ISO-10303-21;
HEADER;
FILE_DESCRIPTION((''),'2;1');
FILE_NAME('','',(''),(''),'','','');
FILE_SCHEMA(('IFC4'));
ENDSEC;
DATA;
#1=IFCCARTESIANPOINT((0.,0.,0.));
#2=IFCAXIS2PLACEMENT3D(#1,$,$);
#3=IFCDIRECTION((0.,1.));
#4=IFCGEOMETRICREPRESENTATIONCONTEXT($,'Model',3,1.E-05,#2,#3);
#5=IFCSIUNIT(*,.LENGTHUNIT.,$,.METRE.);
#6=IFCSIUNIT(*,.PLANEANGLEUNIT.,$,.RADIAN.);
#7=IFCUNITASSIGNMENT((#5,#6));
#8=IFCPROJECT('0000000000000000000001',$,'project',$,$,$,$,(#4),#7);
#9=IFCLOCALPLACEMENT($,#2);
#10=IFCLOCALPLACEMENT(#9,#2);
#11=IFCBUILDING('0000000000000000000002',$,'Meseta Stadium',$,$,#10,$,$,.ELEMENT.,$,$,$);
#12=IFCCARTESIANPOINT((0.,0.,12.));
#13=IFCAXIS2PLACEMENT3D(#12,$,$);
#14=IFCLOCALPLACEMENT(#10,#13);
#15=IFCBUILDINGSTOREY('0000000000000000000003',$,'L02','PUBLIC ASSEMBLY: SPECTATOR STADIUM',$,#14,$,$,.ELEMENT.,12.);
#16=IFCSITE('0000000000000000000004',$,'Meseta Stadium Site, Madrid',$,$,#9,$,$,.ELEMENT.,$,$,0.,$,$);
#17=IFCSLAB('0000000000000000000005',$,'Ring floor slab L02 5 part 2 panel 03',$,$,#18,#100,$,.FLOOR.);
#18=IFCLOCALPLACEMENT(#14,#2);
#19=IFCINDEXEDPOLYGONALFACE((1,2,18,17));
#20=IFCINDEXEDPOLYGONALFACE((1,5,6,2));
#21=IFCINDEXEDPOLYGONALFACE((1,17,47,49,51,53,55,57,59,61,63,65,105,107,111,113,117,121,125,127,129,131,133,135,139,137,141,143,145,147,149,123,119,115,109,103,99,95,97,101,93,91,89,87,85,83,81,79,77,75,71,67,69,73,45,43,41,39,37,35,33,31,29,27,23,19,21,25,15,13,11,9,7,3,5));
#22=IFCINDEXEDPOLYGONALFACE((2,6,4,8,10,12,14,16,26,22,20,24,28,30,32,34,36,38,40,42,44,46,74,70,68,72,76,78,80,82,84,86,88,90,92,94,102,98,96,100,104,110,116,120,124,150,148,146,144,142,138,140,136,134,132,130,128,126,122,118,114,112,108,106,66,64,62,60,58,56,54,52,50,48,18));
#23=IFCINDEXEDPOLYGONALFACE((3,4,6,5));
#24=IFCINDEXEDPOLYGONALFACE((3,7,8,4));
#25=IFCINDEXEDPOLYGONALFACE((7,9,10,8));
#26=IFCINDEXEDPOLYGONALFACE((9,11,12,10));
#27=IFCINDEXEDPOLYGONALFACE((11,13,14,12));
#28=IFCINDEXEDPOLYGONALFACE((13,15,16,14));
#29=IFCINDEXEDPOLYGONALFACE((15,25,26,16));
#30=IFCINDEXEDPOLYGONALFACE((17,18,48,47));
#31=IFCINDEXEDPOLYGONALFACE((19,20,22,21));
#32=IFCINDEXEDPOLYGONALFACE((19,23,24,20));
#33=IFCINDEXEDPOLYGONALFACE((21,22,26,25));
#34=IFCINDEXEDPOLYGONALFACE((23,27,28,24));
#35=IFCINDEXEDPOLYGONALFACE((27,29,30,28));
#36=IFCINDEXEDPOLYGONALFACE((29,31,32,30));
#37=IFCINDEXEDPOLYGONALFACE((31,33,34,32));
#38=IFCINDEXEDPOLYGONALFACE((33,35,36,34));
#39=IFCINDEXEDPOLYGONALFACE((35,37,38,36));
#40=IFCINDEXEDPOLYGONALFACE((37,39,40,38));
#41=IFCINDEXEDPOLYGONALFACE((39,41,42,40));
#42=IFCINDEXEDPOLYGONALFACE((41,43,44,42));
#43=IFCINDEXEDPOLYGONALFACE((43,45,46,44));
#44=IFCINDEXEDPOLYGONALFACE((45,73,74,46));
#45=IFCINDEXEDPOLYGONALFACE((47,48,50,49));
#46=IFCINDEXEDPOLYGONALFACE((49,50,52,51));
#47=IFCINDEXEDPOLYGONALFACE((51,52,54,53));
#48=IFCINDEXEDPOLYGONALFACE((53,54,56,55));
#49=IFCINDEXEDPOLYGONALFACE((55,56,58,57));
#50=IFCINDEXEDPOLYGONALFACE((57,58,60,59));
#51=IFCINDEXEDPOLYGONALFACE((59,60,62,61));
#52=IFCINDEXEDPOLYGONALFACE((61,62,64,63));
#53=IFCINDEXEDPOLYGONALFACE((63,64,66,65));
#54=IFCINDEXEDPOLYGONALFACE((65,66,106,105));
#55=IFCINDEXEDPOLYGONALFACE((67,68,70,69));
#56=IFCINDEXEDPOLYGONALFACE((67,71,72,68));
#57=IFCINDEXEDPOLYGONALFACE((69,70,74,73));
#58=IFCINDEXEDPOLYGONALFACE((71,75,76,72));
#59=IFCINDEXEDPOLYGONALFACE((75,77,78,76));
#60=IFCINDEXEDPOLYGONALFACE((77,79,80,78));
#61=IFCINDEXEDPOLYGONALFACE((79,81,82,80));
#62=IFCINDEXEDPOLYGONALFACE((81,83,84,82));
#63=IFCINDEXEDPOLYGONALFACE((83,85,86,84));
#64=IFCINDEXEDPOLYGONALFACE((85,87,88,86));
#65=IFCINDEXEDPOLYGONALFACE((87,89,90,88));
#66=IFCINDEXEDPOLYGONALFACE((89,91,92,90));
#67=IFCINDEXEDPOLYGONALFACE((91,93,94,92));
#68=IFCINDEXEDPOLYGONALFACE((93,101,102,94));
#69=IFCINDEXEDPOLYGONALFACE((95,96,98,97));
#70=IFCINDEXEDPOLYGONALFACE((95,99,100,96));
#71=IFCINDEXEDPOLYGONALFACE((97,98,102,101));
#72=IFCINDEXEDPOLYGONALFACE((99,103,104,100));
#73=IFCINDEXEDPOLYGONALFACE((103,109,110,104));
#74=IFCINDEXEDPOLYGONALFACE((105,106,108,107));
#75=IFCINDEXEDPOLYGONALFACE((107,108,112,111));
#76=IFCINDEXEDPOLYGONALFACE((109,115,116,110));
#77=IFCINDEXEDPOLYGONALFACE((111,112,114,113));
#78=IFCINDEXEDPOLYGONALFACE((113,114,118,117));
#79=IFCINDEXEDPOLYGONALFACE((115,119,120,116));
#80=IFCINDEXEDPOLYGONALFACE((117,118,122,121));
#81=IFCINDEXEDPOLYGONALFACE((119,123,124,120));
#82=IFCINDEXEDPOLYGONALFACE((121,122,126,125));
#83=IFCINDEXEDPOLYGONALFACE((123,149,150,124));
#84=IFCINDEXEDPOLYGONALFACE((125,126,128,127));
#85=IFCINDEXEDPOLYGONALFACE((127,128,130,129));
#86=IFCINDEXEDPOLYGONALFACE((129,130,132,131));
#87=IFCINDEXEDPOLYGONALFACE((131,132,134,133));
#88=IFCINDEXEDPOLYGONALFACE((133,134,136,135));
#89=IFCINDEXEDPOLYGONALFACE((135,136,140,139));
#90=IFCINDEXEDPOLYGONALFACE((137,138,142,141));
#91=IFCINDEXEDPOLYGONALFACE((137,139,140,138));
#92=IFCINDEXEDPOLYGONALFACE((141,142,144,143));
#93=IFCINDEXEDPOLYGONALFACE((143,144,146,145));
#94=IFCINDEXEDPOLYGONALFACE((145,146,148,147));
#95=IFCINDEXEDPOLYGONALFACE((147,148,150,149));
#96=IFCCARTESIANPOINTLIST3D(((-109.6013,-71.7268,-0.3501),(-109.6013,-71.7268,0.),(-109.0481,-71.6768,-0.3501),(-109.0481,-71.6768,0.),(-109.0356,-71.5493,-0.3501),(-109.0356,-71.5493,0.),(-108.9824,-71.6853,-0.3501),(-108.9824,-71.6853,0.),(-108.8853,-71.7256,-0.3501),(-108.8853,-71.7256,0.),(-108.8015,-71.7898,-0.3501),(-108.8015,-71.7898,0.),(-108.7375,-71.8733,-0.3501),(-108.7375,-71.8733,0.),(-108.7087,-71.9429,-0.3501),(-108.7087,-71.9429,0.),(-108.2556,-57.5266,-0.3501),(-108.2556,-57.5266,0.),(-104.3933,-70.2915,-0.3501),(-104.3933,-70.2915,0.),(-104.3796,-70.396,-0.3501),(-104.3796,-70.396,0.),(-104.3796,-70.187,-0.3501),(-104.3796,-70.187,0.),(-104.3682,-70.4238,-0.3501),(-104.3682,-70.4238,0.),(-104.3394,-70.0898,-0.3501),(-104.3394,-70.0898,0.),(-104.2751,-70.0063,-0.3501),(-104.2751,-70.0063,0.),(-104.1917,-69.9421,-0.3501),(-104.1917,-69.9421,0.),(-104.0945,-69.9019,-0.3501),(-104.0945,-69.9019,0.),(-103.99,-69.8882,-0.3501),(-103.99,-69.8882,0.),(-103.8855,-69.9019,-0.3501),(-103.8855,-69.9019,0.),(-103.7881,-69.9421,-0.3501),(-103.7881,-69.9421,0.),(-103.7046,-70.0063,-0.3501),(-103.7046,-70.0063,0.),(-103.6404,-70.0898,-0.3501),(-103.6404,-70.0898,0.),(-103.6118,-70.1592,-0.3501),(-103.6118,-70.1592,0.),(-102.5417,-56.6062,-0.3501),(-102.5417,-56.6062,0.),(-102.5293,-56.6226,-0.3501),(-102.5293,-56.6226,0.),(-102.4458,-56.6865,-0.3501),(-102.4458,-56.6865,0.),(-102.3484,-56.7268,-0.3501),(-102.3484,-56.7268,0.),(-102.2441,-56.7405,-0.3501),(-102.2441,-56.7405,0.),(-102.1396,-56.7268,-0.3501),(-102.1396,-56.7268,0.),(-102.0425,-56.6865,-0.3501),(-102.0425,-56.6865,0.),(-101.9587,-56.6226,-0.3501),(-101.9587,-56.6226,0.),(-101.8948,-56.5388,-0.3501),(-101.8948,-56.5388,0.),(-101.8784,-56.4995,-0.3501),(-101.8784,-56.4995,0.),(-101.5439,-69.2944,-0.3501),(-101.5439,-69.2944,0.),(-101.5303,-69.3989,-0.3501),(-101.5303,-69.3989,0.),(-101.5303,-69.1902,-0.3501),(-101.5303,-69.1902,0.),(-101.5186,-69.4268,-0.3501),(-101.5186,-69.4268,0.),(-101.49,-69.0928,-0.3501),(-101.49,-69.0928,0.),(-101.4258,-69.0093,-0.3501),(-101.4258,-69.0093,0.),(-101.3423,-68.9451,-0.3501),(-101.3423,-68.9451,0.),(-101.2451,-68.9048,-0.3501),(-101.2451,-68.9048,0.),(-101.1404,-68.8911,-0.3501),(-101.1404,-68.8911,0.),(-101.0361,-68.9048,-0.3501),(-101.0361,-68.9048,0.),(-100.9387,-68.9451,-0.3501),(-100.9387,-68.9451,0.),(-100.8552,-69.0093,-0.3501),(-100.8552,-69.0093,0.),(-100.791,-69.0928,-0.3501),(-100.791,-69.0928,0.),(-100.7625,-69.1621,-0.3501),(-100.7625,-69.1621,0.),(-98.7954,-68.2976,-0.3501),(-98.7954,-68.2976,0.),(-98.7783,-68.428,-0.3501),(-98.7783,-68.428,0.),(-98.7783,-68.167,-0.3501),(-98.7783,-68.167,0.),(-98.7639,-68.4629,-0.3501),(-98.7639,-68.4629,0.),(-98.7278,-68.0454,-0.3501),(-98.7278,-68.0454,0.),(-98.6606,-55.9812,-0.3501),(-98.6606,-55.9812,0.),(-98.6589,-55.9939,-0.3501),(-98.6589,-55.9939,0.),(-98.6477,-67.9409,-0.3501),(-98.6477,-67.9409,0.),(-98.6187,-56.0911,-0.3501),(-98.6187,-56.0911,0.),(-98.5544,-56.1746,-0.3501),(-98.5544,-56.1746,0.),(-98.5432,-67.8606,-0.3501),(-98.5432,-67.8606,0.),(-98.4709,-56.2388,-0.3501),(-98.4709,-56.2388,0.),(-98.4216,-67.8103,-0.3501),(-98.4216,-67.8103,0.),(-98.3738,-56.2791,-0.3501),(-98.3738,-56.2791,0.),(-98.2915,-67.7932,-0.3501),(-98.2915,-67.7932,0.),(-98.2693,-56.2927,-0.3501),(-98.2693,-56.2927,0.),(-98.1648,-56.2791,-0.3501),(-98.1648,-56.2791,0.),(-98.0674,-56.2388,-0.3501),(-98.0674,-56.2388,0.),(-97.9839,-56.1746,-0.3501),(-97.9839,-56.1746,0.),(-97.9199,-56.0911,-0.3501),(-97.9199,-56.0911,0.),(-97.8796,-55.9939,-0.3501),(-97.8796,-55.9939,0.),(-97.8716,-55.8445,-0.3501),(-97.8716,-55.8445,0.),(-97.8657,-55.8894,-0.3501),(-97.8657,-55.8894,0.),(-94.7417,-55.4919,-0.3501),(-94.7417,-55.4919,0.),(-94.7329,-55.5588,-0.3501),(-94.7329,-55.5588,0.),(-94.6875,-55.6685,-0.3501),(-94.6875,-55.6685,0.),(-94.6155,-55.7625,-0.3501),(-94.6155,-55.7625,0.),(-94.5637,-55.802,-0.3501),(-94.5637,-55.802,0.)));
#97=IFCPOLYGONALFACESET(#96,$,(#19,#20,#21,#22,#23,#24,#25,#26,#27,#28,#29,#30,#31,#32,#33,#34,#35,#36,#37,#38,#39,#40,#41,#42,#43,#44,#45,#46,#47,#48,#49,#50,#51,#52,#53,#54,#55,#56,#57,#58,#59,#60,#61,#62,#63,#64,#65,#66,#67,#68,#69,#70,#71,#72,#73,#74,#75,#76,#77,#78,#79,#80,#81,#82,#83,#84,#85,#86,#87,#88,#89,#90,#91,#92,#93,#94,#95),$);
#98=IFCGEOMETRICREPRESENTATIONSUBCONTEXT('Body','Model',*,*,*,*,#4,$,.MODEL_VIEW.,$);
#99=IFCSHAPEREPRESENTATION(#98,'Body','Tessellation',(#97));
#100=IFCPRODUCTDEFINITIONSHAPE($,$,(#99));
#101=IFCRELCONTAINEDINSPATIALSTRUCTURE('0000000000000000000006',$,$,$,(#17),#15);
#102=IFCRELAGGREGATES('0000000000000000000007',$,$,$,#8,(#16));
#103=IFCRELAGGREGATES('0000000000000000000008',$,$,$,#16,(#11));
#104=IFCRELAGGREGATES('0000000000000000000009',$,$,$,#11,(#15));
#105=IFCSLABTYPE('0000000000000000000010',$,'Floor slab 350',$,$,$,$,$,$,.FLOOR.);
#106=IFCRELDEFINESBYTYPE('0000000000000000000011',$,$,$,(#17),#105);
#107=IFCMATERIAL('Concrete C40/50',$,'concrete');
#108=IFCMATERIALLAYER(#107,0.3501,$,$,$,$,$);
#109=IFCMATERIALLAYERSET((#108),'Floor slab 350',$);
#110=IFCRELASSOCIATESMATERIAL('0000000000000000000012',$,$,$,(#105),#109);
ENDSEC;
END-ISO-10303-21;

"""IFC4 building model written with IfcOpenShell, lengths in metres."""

from ifc_helpers import new_model, si_unit, direction, frame, origin, place, context, subcontext, project, spatial, polyline, outline, extrude, material, layer, layer_set, type_object, element, save


model = new_model("IFC4")

# Units and contexts
model_context = context("Model", 3, precision=1e-05, world=origin(), true_north=direction((0.0, 1.0)))
body_context = subcontext(model_context, "Body", "Model", "MODEL_VIEW")
ifc_project = project(units=[si_unit("LENGTHUNIT", "METRE"), si_unit("PLANEANGLEUNIT", "RADIAN")], contexts=[model_context])

# Site, building, storey
site_placement = place(None, origin())
site = spatial("IfcSite", under=ifc_project, at=site_placement, Name="Meseta Stadium Site, Madrid", CompositionType="ELEMENT", RefElevation=0.0)
building_placement = place(site_placement, origin())
building = spatial("IfcBuilding", under=site, at=building_placement, Name="Meseta Stadium", CompositionType="ELEMENT")
storey_placement = place(building_placement, frame((0.0, 0.0, 12.0)))
storey = spatial("IfcBuildingStorey", under=building, at=storey_placement, Name="L02", Description="PUBLIC ASSEMBLY: SPECTATOR STADIUM", CompositionType="ELEMENT", Elevation=12.0)

# Slab
ifc_material_1 = material(Name="Concrete C40/50", Category="concrete")
ifc_layer_1 = layer(ifc_material_1, 0.3501)
ifc_layer_set_1 = layer_set([ifc_layer_1], Name="Floor slab 350")
slab_type_1 = type_object("IfcSlabType", Name="Floor slab 350", PredefinedType="FLOOR", material=ifc_layer_set_1)
slab_1_placement = place(storey_placement, frame((0.0, 0.0, -0.3501)))
element("IfcSlab", 1, at=slab_1_placement, inside=storey, type_object=slab_type_1, Name="Ring floor slab L02 5 part 2 panel 03", PredefinedType="FLOOR", context=body_context, shape_type="SweptSolid", body=[
    extrude(outline(polyline([(-94.7417, -55.4919), (-97.8716, -55.8445), (-97.8657, -55.8894), (-97.8796, -55.9939), (-97.9199, -56.0911), (-97.9839, -56.1746), (-98.0674, -56.2388), (-98.1648, -56.2791), (-98.2693, -56.2927), (-98.3738, -56.2791), (-98.4709, -56.2388), (-98.5544, -56.1746), (-98.6187, -56.0911), (-98.6589, -55.9939), (-98.6606, -55.9812), (-101.8784, -56.4995), (-101.8948, -56.5388), (-101.9587, -56.6226), (-102.0425, -56.6865), (-102.1396, -56.7268), (-102.2441, -56.7405), (-102.3484, -56.7268), (-102.4458, -56.6865), (-102.5293, -56.6226), (-102.5417, -56.6062), (-108.2556, -57.5266), (-109.6013, -71.7268), (-109.0356, -71.5493), (-109.0481, -71.6768), (-108.9824, -71.6853), (-108.8853, -71.7256), (-108.8015, -71.7898), (-108.7375, -71.8733), (-108.7087, -71.9429), (-104.3682, -70.4238), (-104.3796, -70.396), (-104.3933, -70.2915), (-104.3796, -70.187), (-104.3394, -70.0898), (-104.2751, -70.0063), (-104.1917, -69.9421), (-104.0945, -69.9019), (-103.99, -69.8882), (-103.8855, -69.9019), (-103.7881, -69.9421), (-103.7046, -70.0063), (-103.6404, -70.0898), (-103.6118, -70.1592), (-101.5186, -69.4268), (-101.5303, -69.3989), (-101.5439, -69.2944), (-101.5303, -69.1902), (-101.49, -69.0928), (-101.4258, -69.0093), (-101.3423, -68.9451), (-101.2451, -68.9048), (-101.1404, -68.8911), (-101.0361, -68.9048), (-100.9387, -68.9451), (-100.8552, -69.0093), (-100.791, -69.0928), (-100.7625, -69.1621), (-98.7639, -68.4629), (-98.7783, -68.428), (-98.7954, -68.2976), (-98.7783, -68.167), (-98.7278, -68.0454), (-98.6477, -67.9409), (-98.5432, -67.8606), (-98.4216, -67.8103), (-98.2915, -67.7932), (-94.5637, -55.802), (-94.6155, -55.7625), (-94.6875, -55.6685), (-94.7329, -55.5588), (-94.7417, -55.4919)])), origin(), (0.0, 0.0, 1.0), 0.3501),
])

save(model, "model.ifc")
